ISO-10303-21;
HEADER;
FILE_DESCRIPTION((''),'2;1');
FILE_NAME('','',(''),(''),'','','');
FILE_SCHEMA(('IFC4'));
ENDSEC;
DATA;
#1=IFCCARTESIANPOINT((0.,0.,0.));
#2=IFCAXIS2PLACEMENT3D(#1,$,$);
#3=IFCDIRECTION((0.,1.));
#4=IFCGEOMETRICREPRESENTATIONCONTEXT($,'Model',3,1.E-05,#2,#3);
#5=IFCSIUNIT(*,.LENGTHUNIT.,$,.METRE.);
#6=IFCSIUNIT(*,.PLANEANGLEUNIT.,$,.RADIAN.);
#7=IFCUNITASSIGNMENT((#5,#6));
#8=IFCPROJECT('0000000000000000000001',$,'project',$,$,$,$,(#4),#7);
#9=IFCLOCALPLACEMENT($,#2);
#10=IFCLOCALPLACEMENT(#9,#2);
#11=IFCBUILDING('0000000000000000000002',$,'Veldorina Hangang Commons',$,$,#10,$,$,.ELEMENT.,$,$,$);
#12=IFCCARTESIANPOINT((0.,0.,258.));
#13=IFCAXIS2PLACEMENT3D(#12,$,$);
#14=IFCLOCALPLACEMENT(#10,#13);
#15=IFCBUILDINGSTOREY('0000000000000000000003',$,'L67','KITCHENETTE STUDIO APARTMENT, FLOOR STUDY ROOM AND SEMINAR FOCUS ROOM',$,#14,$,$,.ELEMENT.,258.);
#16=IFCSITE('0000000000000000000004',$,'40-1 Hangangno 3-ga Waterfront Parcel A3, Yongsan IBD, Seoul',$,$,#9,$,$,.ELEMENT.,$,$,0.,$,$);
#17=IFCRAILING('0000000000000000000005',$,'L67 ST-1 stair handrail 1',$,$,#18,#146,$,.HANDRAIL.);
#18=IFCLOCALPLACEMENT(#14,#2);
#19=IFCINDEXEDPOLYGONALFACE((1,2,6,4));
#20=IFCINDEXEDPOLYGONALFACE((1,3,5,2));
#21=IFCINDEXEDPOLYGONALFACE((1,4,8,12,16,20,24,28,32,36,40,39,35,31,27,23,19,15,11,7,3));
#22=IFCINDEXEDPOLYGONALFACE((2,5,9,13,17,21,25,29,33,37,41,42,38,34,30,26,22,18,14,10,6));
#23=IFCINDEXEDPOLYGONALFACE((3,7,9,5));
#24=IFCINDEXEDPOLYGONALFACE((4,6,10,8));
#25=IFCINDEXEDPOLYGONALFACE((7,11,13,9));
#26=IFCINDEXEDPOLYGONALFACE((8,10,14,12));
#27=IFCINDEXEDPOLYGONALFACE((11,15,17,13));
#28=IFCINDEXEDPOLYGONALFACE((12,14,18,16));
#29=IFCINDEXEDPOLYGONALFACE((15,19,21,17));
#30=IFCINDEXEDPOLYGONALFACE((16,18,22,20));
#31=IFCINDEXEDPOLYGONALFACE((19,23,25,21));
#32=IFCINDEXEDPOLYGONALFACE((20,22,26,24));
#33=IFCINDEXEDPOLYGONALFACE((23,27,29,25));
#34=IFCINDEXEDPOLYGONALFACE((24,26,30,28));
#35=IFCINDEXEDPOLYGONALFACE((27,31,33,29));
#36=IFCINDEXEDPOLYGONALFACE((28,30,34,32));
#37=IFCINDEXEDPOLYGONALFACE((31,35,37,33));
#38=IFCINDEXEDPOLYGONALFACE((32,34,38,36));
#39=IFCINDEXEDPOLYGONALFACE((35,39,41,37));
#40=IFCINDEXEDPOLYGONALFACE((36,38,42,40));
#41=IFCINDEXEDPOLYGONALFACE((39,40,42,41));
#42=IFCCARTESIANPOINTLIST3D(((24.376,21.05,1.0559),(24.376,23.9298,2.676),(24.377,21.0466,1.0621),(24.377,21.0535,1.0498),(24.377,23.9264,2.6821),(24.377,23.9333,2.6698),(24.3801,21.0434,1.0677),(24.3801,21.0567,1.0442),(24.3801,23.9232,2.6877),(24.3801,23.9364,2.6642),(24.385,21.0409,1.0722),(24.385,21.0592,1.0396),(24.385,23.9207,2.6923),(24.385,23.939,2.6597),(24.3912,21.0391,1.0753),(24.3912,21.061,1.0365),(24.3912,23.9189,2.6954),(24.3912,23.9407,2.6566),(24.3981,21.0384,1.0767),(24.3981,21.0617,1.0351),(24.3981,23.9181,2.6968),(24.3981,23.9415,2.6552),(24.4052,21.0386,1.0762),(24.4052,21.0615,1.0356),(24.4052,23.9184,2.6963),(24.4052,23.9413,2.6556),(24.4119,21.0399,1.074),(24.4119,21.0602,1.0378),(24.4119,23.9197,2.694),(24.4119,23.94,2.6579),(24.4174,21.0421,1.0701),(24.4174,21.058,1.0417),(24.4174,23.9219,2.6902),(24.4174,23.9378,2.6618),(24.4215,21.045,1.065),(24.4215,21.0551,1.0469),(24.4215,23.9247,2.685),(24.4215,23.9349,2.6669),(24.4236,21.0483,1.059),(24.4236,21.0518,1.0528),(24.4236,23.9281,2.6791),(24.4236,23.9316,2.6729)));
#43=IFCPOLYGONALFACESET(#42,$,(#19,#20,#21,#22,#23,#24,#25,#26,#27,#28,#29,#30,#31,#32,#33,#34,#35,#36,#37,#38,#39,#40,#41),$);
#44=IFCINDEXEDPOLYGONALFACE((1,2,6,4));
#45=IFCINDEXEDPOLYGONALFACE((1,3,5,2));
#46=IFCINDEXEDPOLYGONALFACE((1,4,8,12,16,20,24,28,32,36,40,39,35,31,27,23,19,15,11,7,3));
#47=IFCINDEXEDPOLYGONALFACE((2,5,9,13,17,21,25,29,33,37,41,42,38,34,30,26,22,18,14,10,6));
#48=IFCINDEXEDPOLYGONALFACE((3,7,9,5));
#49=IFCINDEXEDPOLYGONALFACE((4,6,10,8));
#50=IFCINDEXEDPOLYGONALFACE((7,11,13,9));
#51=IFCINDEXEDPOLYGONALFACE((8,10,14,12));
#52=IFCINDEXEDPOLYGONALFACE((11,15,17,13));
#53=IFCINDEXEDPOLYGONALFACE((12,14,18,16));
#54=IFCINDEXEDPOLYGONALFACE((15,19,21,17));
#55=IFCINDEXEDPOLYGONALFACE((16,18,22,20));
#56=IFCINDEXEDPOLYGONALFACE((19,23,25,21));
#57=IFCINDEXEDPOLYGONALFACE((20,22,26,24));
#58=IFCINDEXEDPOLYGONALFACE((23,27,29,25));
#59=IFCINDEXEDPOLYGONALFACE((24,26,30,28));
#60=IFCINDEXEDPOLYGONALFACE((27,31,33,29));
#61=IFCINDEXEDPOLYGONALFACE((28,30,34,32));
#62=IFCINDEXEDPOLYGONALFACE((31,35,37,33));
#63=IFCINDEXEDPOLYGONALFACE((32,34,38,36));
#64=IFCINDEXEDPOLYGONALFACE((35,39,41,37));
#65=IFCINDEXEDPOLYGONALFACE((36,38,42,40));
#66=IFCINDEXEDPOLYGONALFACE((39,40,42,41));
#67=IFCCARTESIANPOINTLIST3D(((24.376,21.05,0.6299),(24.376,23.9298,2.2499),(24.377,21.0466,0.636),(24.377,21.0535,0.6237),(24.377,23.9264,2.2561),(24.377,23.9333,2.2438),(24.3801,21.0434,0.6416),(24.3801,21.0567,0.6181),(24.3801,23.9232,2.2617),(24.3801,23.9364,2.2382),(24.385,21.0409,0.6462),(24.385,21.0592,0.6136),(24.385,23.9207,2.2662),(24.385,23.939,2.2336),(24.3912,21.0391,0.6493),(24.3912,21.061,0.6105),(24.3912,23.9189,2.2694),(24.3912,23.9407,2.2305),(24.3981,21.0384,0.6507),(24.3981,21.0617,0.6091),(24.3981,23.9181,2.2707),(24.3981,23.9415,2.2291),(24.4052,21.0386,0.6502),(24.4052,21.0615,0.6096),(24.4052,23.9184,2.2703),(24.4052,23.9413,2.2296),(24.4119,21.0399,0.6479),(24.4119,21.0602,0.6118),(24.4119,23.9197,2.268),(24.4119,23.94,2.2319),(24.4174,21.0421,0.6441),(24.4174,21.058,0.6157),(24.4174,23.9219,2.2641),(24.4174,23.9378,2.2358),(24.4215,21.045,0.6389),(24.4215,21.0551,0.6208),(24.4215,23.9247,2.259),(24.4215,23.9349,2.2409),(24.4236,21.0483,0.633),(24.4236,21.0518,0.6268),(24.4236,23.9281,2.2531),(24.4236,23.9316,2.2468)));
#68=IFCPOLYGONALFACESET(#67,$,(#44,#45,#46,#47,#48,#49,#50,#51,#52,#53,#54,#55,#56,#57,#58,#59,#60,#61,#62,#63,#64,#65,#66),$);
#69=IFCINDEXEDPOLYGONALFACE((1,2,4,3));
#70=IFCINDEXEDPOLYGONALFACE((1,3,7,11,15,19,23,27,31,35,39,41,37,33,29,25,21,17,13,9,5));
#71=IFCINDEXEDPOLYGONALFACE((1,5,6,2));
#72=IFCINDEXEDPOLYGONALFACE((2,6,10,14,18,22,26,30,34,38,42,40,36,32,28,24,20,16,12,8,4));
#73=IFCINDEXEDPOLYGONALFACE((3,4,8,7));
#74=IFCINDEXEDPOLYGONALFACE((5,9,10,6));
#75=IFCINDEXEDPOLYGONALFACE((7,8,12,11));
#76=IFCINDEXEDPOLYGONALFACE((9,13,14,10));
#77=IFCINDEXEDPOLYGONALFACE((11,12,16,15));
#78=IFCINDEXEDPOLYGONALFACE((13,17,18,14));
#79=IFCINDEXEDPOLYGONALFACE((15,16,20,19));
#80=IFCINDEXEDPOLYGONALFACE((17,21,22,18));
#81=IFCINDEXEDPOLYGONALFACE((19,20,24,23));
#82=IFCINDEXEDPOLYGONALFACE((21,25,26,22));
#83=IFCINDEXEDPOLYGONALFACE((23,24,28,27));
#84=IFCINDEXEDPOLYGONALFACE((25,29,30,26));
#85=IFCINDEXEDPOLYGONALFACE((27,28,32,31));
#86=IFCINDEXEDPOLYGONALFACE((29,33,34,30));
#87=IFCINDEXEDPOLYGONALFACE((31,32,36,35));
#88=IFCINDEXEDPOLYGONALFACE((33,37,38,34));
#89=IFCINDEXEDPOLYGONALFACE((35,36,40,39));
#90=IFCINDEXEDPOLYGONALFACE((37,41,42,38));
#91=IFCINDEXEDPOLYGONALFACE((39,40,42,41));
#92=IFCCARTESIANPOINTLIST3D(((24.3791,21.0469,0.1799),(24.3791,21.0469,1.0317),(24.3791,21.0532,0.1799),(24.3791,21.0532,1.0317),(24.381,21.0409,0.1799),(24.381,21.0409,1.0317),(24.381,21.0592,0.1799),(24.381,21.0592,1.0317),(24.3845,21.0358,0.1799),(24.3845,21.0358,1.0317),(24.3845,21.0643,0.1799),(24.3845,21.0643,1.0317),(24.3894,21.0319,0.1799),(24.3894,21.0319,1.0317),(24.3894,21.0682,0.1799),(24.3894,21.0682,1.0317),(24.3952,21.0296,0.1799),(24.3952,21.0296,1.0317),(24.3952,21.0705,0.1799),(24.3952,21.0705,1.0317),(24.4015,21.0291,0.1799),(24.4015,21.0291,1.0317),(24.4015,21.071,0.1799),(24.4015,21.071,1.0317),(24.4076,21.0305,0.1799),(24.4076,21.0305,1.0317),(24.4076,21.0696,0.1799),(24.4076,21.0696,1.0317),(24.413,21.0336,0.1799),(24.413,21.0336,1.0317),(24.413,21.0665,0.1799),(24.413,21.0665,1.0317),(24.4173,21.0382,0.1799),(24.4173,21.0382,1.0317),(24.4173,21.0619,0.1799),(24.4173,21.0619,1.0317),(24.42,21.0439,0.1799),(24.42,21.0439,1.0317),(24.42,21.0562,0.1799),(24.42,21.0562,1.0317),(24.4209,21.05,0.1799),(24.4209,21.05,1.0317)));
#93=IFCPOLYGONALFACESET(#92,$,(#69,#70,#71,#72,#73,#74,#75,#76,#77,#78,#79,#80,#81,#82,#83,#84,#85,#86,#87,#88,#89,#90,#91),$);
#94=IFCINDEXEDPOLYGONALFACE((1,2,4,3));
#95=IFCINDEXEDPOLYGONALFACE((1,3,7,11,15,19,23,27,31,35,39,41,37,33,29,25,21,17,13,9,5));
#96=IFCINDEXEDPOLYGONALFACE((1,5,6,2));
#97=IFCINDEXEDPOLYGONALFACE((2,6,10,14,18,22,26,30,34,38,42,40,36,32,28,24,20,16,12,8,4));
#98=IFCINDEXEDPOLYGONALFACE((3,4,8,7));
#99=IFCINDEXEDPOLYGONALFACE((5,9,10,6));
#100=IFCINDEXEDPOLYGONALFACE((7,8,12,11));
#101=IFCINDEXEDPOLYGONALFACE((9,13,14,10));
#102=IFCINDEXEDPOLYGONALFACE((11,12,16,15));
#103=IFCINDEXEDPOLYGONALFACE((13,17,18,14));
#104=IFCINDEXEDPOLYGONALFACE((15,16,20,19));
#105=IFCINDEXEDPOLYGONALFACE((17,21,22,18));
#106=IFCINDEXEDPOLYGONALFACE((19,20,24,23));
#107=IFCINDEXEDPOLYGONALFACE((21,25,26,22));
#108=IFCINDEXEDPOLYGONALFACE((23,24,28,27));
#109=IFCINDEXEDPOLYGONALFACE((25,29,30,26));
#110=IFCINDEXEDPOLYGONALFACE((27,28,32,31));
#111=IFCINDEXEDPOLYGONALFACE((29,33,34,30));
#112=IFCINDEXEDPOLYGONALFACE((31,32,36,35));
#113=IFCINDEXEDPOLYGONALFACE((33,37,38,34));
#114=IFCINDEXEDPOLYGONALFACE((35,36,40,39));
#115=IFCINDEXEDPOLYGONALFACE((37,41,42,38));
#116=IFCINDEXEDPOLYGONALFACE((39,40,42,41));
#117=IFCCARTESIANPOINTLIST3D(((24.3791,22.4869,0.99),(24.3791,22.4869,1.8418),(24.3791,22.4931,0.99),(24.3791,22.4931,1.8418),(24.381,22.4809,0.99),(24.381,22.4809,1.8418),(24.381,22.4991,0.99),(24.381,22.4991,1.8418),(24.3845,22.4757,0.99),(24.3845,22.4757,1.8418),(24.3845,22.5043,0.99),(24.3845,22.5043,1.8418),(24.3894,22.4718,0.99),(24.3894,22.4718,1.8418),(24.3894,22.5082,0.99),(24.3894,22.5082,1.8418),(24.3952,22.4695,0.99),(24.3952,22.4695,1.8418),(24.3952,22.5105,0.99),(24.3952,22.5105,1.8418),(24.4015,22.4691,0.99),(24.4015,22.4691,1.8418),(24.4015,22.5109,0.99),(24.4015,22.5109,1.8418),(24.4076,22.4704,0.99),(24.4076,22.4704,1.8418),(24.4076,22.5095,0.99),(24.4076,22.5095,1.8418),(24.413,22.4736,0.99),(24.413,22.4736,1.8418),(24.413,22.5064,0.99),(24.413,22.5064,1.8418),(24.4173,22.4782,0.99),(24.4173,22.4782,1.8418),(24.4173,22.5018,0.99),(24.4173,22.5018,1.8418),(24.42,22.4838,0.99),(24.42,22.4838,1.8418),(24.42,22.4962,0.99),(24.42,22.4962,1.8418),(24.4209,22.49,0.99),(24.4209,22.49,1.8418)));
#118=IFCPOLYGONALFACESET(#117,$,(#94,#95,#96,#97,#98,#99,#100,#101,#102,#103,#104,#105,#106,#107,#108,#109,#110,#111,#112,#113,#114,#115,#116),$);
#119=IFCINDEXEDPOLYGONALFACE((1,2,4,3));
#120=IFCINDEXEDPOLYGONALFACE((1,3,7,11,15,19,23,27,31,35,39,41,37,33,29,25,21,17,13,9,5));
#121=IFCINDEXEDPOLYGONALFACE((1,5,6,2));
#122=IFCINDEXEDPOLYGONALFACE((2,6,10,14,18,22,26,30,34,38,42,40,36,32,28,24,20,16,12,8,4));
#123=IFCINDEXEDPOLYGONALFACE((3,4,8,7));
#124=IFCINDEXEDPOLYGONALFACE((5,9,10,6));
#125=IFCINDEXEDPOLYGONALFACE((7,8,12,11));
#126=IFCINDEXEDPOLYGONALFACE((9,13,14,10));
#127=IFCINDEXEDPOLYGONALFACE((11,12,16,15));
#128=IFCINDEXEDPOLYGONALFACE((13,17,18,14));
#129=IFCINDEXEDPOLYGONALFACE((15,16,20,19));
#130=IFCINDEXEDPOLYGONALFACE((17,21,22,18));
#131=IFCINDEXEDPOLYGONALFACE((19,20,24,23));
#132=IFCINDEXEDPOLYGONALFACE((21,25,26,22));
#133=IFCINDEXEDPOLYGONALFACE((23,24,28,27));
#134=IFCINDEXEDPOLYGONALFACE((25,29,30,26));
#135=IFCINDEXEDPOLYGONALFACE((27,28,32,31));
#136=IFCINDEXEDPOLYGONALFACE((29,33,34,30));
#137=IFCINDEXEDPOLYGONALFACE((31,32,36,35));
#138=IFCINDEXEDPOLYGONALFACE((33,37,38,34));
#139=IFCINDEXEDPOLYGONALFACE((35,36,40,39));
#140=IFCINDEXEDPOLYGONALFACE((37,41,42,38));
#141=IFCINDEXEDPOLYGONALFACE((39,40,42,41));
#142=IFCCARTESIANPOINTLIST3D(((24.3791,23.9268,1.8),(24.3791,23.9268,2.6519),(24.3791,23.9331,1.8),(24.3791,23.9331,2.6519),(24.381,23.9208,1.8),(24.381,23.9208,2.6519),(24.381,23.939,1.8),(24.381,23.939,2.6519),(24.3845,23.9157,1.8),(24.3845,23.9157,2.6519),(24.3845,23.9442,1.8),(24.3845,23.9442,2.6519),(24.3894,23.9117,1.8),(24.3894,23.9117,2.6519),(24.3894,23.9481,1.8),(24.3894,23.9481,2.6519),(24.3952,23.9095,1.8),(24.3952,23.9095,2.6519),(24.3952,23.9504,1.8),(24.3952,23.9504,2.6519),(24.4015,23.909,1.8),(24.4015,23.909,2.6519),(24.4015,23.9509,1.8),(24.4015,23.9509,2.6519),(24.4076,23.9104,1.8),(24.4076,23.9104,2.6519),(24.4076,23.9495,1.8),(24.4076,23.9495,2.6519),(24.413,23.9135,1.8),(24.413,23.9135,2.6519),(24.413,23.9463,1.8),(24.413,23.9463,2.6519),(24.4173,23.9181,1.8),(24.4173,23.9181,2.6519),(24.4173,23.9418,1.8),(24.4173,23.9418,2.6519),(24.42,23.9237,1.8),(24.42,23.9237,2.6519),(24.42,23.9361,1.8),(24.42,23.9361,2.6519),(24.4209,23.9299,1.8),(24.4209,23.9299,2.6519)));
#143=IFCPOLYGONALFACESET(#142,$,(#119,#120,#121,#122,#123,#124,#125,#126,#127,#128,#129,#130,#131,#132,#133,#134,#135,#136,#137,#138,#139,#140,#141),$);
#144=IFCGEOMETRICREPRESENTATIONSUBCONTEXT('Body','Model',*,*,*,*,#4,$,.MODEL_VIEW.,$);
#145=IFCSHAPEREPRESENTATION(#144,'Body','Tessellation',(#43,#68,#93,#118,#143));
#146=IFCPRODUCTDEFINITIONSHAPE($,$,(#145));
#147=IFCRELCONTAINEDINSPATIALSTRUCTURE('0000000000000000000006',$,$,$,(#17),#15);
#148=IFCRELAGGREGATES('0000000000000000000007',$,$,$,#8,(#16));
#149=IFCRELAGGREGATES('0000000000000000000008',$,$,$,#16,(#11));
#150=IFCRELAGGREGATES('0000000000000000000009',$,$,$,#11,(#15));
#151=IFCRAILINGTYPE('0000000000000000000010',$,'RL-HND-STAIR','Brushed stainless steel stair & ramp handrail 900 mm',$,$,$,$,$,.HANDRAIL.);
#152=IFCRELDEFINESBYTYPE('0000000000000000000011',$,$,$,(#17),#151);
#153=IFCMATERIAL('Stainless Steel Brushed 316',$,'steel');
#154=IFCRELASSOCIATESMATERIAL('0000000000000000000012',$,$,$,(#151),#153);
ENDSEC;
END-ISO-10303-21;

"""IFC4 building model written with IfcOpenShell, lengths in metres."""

from ifc_helpers import new_model, si_unit, direction, frame, origin, origin_2d, place, context, subcontext, project, spatial, circle, extrude, material, type_object, element, save


model = new_model("IFC4")

# Units and contexts
model_context = context("Model", 3, precision=1e-05, world=origin(), true_north=direction((0.0, 1.0)))
body_context = subcontext(model_context, "Body", "Model", "MODEL_VIEW")
ifc_project = project(units=[si_unit("LENGTHUNIT", "METRE"), si_unit("PLANEANGLEUNIT", "RADIAN")], contexts=[model_context])

# Site, building, storey
site_placement = place(None, origin())
site = spatial("IfcSite", under=ifc_project, at=site_placement, Name="40-1 Hangangno 3-ga Waterfront Parcel A3, Yongsan IBD, Seoul", CompositionType="ELEMENT", RefElevation=0.0)
building_placement = place(site_placement, origin())
building = spatial("IfcBuilding", under=site, at=building_placement, Name="Veldorina Hangang Commons", CompositionType="ELEMENT")
storey_placement = place(building_placement, frame((0.0, 0.0, 258.0)))
storey = spatial("IfcBuildingStorey", under=building, at=storey_placement, Name="L67", Description="KITCHENETTE STUDIO APARTMENT, FLOOR STUDY ROOM AND SEMINAR FOCUS ROOM", CompositionType="ELEMENT", Elevation=258.0)

# Railing
ifc_material_1 = material(Name="Stainless Steel Brushed 316", Category="steel")
railing_type = type_object("IfcRailingType", Name="RL-HND-STAIR", Description="Brushed stainless steel stair & ramp handrail 900 mm", PredefinedType="HANDRAIL", material=ifc_material_1)
railing_placement = place(storey_placement, frame((24.3999, 21.05, 0.1799)))
element("IfcRailing", 1, at=railing_placement, inside=storey, type_object=railing_type, Name="L67 ST-1 stair handrail 1", PredefinedType="HANDRAIL", context=body_context, shape_type="SweptSolid", body=[
    extrude(circle(Radius=0.0239, at=origin_2d()), frame((0.0, 0.0, 0.876), z_axis=(0.0, 0.871552, 0.490303), x_axis=(-1.0, 0.0, 0.0)), (0.0, 0.0, 1.0), 3.3042),
    extrude(circle(Radius=0.0239, at=origin_2d()), frame((0.0, 0.0, 0.45), z_axis=(0.0, 0.871552, 0.490303), x_axis=(-1.0, 0.0, 0.0)), (0.0, 0.0, 1.0), 3.3042),
    extrude(circle(Radius=0.021, at=origin_2d()), origin(), (0.0, 0.0, 1.0), 0.8518),
    extrude(circle(Radius=0.021, at=origin_2d()), frame((0.0, 1.4399, 0.8101)), (0.0, 0.0, 1.0), 0.8518),
    extrude(circle(Radius=0.021, at=origin_2d()), frame((0.0, 2.8799, 1.6201)), (0.0, 0.0, 1.0), 0.8518),
])

save(model, "model.ifc")
